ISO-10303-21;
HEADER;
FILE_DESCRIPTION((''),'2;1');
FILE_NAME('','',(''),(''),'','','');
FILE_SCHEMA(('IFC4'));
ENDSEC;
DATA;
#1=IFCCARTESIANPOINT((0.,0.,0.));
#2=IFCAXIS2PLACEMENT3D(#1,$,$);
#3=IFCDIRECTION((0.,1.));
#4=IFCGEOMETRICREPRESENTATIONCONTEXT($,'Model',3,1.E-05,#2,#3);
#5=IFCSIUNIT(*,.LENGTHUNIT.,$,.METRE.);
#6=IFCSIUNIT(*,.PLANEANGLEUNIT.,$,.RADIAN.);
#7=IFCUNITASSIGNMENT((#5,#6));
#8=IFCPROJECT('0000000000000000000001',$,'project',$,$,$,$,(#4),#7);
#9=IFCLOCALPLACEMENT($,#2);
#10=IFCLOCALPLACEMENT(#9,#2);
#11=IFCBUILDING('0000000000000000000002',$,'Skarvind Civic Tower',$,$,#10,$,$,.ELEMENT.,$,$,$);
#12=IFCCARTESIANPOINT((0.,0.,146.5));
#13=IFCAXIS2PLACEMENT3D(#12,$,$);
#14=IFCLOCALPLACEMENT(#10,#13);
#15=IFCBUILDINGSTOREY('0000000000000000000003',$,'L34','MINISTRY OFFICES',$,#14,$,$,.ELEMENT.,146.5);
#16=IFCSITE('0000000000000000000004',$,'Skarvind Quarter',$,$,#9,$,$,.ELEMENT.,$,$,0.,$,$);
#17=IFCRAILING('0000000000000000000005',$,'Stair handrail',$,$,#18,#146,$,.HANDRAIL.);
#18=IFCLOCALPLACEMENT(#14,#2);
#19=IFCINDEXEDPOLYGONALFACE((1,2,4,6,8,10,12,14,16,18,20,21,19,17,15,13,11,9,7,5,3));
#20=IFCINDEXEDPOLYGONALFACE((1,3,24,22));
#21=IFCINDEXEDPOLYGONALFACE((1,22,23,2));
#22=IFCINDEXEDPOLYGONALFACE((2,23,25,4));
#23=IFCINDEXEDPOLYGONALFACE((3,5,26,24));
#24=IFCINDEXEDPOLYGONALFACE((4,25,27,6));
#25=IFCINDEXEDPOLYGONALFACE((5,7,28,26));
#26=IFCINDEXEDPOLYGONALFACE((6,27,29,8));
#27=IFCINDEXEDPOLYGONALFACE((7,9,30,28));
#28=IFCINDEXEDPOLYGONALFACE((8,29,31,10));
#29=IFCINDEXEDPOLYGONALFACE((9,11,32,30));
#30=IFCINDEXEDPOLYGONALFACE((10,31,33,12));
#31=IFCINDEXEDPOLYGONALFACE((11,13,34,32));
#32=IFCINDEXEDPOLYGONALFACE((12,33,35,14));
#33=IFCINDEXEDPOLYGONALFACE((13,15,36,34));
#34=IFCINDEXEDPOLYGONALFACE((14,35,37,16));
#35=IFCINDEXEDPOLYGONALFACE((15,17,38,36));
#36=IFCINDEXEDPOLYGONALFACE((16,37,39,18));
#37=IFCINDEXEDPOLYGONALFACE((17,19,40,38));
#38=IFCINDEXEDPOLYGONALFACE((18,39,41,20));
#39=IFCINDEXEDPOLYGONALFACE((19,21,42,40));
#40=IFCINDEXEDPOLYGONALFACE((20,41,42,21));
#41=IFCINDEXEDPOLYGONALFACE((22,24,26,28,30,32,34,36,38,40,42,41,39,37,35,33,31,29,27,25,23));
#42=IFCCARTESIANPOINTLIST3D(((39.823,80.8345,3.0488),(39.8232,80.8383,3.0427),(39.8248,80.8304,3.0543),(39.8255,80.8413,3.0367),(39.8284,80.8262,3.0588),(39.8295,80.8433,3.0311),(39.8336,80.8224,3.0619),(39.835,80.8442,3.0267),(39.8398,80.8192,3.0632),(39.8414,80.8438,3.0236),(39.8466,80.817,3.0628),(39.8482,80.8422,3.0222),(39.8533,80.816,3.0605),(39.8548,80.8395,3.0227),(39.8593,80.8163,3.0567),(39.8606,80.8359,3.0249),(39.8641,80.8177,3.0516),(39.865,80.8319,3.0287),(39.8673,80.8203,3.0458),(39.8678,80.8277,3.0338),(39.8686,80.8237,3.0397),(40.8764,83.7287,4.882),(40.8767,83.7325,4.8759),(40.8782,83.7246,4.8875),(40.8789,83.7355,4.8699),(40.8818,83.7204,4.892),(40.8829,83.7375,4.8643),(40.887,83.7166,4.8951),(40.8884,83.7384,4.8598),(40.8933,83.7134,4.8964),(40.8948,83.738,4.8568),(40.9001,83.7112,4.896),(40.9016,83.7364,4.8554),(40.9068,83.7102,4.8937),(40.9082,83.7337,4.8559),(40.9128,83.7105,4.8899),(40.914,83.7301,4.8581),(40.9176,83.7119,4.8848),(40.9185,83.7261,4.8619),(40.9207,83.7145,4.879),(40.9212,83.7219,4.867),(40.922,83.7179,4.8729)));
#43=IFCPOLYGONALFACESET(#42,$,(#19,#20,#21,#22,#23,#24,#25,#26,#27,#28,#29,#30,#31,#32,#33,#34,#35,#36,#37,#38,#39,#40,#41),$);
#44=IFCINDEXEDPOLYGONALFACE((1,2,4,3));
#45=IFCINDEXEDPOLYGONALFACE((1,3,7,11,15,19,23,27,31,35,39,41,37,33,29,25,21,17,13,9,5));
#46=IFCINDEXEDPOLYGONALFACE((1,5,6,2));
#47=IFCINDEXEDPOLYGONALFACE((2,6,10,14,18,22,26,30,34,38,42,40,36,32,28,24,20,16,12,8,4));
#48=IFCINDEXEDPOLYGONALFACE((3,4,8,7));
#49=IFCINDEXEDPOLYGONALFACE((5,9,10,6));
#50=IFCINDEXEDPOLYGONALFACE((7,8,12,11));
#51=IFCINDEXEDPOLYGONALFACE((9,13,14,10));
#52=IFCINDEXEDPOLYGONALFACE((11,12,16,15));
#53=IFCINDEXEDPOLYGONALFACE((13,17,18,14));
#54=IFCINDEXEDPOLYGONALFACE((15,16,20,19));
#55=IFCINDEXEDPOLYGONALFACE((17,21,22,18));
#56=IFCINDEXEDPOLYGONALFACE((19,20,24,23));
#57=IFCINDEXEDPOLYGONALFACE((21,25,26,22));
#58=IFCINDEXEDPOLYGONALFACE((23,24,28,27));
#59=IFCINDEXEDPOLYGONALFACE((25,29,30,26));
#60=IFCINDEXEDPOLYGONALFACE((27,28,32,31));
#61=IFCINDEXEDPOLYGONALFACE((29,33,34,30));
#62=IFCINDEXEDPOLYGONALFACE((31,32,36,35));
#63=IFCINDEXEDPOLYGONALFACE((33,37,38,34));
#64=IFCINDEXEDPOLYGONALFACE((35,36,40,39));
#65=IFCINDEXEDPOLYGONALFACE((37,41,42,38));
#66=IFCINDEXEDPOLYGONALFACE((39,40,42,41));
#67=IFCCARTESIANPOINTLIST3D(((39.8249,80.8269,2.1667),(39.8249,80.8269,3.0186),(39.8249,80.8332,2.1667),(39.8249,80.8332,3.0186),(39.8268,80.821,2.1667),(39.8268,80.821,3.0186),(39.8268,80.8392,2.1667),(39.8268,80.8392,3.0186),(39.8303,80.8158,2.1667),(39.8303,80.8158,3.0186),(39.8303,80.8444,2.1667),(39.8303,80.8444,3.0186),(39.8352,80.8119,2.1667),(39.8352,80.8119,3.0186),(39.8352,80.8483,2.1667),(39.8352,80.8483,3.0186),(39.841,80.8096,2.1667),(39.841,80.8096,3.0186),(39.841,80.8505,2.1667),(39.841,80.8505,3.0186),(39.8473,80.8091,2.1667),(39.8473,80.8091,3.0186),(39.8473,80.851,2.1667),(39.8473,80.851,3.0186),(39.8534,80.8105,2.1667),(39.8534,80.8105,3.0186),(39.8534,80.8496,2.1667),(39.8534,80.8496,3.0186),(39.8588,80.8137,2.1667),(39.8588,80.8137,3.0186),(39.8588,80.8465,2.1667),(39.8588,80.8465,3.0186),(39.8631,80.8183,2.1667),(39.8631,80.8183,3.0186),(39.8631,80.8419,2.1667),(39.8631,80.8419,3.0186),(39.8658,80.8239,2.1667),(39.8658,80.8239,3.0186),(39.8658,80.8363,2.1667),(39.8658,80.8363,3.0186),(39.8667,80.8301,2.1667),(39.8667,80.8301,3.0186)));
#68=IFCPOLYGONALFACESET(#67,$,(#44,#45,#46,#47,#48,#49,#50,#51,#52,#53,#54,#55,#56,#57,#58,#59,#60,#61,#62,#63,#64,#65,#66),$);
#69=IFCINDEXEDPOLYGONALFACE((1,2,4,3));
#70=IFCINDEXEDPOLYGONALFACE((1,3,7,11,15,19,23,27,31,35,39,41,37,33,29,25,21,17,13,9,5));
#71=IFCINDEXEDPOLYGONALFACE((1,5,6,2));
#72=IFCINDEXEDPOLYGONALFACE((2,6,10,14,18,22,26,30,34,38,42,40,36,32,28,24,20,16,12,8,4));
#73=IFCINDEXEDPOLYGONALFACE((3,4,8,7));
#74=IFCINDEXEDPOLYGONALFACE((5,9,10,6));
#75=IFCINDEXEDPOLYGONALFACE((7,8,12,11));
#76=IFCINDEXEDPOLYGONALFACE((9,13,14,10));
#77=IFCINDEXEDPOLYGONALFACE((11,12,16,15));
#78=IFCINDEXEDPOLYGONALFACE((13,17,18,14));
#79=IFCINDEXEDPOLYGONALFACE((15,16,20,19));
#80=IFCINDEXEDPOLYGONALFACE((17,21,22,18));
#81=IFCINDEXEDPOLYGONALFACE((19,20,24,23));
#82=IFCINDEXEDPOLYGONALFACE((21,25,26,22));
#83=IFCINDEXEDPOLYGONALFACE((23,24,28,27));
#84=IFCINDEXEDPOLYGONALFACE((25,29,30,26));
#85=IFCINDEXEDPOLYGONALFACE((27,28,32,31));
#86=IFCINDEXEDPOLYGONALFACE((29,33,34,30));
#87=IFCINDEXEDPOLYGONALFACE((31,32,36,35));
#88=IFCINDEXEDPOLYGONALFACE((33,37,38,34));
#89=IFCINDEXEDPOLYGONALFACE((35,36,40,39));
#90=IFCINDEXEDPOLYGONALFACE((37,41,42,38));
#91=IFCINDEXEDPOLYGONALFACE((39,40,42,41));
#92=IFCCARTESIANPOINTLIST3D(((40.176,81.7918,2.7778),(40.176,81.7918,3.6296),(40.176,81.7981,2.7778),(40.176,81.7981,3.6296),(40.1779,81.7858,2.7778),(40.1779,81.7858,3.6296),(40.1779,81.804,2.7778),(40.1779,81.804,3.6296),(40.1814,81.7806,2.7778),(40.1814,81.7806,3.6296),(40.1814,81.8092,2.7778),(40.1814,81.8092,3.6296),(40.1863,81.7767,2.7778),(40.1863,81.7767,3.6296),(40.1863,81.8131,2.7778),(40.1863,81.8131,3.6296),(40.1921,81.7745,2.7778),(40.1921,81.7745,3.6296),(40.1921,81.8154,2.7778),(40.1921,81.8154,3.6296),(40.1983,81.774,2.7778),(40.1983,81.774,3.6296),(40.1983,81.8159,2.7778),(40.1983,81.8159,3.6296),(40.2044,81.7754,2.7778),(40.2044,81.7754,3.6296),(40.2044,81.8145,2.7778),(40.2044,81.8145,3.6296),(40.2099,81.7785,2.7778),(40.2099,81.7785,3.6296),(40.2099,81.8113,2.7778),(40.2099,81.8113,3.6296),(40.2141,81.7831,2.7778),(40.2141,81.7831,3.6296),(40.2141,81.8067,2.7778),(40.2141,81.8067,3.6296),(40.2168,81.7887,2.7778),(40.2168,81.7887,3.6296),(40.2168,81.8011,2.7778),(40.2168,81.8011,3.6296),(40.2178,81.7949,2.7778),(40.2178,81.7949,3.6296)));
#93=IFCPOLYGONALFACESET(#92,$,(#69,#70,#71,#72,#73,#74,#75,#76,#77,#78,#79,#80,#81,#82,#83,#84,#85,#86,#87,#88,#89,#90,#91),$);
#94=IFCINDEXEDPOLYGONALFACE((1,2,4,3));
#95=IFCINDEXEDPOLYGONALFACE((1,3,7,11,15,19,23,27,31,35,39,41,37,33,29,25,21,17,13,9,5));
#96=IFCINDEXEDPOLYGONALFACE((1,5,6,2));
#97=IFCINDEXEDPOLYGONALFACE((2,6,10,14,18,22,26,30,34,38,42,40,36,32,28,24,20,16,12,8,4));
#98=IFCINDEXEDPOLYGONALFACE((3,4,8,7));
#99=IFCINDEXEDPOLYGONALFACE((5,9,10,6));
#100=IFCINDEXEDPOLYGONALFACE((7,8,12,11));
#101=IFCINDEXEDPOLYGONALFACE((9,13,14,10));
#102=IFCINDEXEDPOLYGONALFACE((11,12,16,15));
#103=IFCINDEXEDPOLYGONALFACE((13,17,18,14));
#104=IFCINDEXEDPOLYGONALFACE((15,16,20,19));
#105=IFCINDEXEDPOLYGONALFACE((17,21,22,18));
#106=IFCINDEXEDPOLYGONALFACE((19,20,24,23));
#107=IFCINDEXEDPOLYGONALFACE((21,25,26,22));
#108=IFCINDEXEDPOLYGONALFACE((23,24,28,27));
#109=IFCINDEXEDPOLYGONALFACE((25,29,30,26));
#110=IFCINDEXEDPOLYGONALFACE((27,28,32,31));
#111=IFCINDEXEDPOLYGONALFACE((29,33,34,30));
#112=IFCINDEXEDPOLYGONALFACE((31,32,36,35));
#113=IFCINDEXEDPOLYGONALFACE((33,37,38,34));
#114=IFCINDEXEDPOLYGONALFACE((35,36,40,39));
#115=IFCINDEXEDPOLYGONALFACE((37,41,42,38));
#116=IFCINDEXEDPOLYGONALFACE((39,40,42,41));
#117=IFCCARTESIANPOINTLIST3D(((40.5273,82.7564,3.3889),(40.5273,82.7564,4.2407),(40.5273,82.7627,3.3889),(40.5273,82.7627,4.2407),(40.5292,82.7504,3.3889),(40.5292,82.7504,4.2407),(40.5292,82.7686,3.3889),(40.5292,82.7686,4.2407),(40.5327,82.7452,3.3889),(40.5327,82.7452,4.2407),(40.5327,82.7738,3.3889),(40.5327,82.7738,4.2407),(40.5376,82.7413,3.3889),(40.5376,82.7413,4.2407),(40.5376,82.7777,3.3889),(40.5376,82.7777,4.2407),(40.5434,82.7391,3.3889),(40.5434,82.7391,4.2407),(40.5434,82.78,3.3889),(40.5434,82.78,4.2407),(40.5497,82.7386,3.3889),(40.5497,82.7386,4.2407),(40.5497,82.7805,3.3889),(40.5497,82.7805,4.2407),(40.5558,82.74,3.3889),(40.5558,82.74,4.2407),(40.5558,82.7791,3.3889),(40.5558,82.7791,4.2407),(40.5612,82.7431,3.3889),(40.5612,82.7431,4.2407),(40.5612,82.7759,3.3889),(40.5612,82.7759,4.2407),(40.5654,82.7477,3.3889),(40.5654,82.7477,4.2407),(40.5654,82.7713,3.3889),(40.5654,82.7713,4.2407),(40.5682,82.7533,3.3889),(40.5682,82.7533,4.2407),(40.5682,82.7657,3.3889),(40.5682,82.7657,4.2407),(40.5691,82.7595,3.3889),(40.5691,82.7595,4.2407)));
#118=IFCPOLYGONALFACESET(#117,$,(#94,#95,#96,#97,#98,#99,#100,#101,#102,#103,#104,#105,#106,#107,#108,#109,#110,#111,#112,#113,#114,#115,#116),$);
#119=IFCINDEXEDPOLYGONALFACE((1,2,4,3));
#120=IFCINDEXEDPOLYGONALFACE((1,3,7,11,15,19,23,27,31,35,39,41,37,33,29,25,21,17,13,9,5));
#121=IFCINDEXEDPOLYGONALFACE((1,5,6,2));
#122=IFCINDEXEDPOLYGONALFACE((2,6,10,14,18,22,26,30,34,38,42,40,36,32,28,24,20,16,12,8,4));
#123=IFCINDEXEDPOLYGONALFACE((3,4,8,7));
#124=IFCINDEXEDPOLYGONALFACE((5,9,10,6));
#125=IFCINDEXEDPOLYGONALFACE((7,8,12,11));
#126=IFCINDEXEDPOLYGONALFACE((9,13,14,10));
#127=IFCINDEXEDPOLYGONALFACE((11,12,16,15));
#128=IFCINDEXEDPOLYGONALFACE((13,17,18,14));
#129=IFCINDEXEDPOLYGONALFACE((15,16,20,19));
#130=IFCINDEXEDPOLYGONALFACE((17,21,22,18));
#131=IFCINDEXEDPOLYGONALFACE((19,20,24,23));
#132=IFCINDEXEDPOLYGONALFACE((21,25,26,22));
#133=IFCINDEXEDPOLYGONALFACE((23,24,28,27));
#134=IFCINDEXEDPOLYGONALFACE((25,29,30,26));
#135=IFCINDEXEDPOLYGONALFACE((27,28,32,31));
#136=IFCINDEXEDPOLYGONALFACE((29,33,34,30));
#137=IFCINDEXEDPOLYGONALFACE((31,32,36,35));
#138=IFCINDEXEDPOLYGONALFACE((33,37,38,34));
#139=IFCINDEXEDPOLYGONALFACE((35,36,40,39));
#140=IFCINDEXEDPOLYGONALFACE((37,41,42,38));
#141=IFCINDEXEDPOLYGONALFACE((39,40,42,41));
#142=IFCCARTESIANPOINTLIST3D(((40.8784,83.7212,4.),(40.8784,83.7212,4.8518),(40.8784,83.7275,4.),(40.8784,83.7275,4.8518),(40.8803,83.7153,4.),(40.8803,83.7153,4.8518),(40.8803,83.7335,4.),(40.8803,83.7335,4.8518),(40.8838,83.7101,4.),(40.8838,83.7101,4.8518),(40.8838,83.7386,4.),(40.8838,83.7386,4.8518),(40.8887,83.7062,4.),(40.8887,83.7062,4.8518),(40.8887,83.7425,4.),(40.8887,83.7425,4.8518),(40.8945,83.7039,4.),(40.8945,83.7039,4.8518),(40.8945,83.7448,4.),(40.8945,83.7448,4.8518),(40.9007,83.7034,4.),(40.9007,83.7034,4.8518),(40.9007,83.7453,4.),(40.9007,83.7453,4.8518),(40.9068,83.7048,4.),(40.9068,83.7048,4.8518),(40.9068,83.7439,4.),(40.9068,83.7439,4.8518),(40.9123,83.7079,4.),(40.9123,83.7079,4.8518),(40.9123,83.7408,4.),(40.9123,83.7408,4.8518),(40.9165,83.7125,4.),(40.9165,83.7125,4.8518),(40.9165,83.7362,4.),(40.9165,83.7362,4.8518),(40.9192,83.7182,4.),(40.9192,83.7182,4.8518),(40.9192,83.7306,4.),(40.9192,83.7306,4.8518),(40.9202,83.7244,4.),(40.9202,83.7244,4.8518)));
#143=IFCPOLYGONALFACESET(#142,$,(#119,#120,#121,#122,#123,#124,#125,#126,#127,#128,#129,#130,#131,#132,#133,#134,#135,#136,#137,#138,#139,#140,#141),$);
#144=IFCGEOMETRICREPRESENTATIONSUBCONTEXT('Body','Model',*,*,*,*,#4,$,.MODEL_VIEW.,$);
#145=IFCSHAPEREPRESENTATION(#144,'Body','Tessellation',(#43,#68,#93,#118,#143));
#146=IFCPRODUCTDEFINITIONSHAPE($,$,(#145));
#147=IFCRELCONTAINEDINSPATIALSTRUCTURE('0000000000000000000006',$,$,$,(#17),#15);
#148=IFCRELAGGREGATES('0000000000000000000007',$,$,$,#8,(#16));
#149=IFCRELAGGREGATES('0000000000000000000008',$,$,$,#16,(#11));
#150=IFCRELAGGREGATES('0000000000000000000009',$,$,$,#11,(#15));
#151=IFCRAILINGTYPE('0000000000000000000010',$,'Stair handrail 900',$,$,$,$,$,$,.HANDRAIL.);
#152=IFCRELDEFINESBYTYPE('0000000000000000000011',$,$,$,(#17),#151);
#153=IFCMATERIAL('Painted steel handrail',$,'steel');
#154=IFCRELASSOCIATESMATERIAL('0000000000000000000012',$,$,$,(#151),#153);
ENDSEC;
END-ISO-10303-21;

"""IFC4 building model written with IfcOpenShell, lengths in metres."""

from ifc_helpers import new_model, si_unit, direction, frame, origin, origin_2d, place, context, subcontext, project, spatial, circle, extrude, material, type_object, element, save


model = new_model("IFC4")

# Units and contexts
model_context = context("Model", 3, precision=1e-05, world=origin(), true_north=direction((0.0, 1.0)))
body_context = subcontext(model_context, "Body", "Model", "MODEL_VIEW")
ifc_project = project(units=[si_unit("LENGTHUNIT", "METRE"), si_unit("PLANEANGLEUNIT", "RADIAN")], contexts=[model_context])

# Site, building, storey
site_placement = place(None, origin())
site = spatial("IfcSite", under=ifc_project, at=site_placement, Name="Skarvind Quarter", CompositionType="ELEMENT", RefElevation=0.0)
building_placement = place(site_placement, origin())
building = spatial("IfcBuilding", under=site, at=building_placement, Name="Skarvind Civic Tower", CompositionType="ELEMENT")
storey_placement = place(building_placement, frame((0.0, 0.0, 146.5)))
storey = spatial("IfcBuildingStorey", under=building, at=storey_placement, Name="L34", Description="MINISTRY OFFICES", CompositionType="ELEMENT", Elevation=146.5)

# Railing
ifc_material_1 = material(Name="Painted steel handrail", Category="steel")
railing_type = type_object("IfcRailingType", Name="Stair handrail 900", PredefinedType="HANDRAIL", material=ifc_material_1)
railing_placement = place(storey_placement, frame((39.8457, 80.8301, 2.1667)))
element("IfcRailing", 1, at=railing_placement, inside=storey, type_object=railing_type, Name="Stair handrail", PredefinedType="HANDRAIL", context=body_context, shape_type="SweptSolid", body=[
    extrude(circle(Radius=0.0239, at=origin_2d()), frame((0.0, 0.0, 0.876), z_axis=(0.293908, 0.807481, 0.511461), x_axis=(-0.939689, 0.342029, 0.0)), (0.0, 0.0, 1.0), 3.5842),
    extrude(circle(Radius=0.021, at=origin_2d()), origin(), (0.0, 0.0, 1.0), 0.8518),
    extrude(circle(Radius=0.021, at=origin_2d()), frame((0.3511, 0.9648, 0.6111)), (0.0, 0.0, 1.0), 0.8518),
    extrude(circle(Radius=0.021, at=origin_2d()), frame((0.7024, 1.9294, 1.2222)), (0.0, 0.0, 1.0), 0.8518),
    extrude(circle(Radius=0.021, at=origin_2d()), frame((1.0535, 2.8943, 1.8333)), (0.0, 0.0, 1.0), 0.8518),
])

save(model, "model.ifc")
